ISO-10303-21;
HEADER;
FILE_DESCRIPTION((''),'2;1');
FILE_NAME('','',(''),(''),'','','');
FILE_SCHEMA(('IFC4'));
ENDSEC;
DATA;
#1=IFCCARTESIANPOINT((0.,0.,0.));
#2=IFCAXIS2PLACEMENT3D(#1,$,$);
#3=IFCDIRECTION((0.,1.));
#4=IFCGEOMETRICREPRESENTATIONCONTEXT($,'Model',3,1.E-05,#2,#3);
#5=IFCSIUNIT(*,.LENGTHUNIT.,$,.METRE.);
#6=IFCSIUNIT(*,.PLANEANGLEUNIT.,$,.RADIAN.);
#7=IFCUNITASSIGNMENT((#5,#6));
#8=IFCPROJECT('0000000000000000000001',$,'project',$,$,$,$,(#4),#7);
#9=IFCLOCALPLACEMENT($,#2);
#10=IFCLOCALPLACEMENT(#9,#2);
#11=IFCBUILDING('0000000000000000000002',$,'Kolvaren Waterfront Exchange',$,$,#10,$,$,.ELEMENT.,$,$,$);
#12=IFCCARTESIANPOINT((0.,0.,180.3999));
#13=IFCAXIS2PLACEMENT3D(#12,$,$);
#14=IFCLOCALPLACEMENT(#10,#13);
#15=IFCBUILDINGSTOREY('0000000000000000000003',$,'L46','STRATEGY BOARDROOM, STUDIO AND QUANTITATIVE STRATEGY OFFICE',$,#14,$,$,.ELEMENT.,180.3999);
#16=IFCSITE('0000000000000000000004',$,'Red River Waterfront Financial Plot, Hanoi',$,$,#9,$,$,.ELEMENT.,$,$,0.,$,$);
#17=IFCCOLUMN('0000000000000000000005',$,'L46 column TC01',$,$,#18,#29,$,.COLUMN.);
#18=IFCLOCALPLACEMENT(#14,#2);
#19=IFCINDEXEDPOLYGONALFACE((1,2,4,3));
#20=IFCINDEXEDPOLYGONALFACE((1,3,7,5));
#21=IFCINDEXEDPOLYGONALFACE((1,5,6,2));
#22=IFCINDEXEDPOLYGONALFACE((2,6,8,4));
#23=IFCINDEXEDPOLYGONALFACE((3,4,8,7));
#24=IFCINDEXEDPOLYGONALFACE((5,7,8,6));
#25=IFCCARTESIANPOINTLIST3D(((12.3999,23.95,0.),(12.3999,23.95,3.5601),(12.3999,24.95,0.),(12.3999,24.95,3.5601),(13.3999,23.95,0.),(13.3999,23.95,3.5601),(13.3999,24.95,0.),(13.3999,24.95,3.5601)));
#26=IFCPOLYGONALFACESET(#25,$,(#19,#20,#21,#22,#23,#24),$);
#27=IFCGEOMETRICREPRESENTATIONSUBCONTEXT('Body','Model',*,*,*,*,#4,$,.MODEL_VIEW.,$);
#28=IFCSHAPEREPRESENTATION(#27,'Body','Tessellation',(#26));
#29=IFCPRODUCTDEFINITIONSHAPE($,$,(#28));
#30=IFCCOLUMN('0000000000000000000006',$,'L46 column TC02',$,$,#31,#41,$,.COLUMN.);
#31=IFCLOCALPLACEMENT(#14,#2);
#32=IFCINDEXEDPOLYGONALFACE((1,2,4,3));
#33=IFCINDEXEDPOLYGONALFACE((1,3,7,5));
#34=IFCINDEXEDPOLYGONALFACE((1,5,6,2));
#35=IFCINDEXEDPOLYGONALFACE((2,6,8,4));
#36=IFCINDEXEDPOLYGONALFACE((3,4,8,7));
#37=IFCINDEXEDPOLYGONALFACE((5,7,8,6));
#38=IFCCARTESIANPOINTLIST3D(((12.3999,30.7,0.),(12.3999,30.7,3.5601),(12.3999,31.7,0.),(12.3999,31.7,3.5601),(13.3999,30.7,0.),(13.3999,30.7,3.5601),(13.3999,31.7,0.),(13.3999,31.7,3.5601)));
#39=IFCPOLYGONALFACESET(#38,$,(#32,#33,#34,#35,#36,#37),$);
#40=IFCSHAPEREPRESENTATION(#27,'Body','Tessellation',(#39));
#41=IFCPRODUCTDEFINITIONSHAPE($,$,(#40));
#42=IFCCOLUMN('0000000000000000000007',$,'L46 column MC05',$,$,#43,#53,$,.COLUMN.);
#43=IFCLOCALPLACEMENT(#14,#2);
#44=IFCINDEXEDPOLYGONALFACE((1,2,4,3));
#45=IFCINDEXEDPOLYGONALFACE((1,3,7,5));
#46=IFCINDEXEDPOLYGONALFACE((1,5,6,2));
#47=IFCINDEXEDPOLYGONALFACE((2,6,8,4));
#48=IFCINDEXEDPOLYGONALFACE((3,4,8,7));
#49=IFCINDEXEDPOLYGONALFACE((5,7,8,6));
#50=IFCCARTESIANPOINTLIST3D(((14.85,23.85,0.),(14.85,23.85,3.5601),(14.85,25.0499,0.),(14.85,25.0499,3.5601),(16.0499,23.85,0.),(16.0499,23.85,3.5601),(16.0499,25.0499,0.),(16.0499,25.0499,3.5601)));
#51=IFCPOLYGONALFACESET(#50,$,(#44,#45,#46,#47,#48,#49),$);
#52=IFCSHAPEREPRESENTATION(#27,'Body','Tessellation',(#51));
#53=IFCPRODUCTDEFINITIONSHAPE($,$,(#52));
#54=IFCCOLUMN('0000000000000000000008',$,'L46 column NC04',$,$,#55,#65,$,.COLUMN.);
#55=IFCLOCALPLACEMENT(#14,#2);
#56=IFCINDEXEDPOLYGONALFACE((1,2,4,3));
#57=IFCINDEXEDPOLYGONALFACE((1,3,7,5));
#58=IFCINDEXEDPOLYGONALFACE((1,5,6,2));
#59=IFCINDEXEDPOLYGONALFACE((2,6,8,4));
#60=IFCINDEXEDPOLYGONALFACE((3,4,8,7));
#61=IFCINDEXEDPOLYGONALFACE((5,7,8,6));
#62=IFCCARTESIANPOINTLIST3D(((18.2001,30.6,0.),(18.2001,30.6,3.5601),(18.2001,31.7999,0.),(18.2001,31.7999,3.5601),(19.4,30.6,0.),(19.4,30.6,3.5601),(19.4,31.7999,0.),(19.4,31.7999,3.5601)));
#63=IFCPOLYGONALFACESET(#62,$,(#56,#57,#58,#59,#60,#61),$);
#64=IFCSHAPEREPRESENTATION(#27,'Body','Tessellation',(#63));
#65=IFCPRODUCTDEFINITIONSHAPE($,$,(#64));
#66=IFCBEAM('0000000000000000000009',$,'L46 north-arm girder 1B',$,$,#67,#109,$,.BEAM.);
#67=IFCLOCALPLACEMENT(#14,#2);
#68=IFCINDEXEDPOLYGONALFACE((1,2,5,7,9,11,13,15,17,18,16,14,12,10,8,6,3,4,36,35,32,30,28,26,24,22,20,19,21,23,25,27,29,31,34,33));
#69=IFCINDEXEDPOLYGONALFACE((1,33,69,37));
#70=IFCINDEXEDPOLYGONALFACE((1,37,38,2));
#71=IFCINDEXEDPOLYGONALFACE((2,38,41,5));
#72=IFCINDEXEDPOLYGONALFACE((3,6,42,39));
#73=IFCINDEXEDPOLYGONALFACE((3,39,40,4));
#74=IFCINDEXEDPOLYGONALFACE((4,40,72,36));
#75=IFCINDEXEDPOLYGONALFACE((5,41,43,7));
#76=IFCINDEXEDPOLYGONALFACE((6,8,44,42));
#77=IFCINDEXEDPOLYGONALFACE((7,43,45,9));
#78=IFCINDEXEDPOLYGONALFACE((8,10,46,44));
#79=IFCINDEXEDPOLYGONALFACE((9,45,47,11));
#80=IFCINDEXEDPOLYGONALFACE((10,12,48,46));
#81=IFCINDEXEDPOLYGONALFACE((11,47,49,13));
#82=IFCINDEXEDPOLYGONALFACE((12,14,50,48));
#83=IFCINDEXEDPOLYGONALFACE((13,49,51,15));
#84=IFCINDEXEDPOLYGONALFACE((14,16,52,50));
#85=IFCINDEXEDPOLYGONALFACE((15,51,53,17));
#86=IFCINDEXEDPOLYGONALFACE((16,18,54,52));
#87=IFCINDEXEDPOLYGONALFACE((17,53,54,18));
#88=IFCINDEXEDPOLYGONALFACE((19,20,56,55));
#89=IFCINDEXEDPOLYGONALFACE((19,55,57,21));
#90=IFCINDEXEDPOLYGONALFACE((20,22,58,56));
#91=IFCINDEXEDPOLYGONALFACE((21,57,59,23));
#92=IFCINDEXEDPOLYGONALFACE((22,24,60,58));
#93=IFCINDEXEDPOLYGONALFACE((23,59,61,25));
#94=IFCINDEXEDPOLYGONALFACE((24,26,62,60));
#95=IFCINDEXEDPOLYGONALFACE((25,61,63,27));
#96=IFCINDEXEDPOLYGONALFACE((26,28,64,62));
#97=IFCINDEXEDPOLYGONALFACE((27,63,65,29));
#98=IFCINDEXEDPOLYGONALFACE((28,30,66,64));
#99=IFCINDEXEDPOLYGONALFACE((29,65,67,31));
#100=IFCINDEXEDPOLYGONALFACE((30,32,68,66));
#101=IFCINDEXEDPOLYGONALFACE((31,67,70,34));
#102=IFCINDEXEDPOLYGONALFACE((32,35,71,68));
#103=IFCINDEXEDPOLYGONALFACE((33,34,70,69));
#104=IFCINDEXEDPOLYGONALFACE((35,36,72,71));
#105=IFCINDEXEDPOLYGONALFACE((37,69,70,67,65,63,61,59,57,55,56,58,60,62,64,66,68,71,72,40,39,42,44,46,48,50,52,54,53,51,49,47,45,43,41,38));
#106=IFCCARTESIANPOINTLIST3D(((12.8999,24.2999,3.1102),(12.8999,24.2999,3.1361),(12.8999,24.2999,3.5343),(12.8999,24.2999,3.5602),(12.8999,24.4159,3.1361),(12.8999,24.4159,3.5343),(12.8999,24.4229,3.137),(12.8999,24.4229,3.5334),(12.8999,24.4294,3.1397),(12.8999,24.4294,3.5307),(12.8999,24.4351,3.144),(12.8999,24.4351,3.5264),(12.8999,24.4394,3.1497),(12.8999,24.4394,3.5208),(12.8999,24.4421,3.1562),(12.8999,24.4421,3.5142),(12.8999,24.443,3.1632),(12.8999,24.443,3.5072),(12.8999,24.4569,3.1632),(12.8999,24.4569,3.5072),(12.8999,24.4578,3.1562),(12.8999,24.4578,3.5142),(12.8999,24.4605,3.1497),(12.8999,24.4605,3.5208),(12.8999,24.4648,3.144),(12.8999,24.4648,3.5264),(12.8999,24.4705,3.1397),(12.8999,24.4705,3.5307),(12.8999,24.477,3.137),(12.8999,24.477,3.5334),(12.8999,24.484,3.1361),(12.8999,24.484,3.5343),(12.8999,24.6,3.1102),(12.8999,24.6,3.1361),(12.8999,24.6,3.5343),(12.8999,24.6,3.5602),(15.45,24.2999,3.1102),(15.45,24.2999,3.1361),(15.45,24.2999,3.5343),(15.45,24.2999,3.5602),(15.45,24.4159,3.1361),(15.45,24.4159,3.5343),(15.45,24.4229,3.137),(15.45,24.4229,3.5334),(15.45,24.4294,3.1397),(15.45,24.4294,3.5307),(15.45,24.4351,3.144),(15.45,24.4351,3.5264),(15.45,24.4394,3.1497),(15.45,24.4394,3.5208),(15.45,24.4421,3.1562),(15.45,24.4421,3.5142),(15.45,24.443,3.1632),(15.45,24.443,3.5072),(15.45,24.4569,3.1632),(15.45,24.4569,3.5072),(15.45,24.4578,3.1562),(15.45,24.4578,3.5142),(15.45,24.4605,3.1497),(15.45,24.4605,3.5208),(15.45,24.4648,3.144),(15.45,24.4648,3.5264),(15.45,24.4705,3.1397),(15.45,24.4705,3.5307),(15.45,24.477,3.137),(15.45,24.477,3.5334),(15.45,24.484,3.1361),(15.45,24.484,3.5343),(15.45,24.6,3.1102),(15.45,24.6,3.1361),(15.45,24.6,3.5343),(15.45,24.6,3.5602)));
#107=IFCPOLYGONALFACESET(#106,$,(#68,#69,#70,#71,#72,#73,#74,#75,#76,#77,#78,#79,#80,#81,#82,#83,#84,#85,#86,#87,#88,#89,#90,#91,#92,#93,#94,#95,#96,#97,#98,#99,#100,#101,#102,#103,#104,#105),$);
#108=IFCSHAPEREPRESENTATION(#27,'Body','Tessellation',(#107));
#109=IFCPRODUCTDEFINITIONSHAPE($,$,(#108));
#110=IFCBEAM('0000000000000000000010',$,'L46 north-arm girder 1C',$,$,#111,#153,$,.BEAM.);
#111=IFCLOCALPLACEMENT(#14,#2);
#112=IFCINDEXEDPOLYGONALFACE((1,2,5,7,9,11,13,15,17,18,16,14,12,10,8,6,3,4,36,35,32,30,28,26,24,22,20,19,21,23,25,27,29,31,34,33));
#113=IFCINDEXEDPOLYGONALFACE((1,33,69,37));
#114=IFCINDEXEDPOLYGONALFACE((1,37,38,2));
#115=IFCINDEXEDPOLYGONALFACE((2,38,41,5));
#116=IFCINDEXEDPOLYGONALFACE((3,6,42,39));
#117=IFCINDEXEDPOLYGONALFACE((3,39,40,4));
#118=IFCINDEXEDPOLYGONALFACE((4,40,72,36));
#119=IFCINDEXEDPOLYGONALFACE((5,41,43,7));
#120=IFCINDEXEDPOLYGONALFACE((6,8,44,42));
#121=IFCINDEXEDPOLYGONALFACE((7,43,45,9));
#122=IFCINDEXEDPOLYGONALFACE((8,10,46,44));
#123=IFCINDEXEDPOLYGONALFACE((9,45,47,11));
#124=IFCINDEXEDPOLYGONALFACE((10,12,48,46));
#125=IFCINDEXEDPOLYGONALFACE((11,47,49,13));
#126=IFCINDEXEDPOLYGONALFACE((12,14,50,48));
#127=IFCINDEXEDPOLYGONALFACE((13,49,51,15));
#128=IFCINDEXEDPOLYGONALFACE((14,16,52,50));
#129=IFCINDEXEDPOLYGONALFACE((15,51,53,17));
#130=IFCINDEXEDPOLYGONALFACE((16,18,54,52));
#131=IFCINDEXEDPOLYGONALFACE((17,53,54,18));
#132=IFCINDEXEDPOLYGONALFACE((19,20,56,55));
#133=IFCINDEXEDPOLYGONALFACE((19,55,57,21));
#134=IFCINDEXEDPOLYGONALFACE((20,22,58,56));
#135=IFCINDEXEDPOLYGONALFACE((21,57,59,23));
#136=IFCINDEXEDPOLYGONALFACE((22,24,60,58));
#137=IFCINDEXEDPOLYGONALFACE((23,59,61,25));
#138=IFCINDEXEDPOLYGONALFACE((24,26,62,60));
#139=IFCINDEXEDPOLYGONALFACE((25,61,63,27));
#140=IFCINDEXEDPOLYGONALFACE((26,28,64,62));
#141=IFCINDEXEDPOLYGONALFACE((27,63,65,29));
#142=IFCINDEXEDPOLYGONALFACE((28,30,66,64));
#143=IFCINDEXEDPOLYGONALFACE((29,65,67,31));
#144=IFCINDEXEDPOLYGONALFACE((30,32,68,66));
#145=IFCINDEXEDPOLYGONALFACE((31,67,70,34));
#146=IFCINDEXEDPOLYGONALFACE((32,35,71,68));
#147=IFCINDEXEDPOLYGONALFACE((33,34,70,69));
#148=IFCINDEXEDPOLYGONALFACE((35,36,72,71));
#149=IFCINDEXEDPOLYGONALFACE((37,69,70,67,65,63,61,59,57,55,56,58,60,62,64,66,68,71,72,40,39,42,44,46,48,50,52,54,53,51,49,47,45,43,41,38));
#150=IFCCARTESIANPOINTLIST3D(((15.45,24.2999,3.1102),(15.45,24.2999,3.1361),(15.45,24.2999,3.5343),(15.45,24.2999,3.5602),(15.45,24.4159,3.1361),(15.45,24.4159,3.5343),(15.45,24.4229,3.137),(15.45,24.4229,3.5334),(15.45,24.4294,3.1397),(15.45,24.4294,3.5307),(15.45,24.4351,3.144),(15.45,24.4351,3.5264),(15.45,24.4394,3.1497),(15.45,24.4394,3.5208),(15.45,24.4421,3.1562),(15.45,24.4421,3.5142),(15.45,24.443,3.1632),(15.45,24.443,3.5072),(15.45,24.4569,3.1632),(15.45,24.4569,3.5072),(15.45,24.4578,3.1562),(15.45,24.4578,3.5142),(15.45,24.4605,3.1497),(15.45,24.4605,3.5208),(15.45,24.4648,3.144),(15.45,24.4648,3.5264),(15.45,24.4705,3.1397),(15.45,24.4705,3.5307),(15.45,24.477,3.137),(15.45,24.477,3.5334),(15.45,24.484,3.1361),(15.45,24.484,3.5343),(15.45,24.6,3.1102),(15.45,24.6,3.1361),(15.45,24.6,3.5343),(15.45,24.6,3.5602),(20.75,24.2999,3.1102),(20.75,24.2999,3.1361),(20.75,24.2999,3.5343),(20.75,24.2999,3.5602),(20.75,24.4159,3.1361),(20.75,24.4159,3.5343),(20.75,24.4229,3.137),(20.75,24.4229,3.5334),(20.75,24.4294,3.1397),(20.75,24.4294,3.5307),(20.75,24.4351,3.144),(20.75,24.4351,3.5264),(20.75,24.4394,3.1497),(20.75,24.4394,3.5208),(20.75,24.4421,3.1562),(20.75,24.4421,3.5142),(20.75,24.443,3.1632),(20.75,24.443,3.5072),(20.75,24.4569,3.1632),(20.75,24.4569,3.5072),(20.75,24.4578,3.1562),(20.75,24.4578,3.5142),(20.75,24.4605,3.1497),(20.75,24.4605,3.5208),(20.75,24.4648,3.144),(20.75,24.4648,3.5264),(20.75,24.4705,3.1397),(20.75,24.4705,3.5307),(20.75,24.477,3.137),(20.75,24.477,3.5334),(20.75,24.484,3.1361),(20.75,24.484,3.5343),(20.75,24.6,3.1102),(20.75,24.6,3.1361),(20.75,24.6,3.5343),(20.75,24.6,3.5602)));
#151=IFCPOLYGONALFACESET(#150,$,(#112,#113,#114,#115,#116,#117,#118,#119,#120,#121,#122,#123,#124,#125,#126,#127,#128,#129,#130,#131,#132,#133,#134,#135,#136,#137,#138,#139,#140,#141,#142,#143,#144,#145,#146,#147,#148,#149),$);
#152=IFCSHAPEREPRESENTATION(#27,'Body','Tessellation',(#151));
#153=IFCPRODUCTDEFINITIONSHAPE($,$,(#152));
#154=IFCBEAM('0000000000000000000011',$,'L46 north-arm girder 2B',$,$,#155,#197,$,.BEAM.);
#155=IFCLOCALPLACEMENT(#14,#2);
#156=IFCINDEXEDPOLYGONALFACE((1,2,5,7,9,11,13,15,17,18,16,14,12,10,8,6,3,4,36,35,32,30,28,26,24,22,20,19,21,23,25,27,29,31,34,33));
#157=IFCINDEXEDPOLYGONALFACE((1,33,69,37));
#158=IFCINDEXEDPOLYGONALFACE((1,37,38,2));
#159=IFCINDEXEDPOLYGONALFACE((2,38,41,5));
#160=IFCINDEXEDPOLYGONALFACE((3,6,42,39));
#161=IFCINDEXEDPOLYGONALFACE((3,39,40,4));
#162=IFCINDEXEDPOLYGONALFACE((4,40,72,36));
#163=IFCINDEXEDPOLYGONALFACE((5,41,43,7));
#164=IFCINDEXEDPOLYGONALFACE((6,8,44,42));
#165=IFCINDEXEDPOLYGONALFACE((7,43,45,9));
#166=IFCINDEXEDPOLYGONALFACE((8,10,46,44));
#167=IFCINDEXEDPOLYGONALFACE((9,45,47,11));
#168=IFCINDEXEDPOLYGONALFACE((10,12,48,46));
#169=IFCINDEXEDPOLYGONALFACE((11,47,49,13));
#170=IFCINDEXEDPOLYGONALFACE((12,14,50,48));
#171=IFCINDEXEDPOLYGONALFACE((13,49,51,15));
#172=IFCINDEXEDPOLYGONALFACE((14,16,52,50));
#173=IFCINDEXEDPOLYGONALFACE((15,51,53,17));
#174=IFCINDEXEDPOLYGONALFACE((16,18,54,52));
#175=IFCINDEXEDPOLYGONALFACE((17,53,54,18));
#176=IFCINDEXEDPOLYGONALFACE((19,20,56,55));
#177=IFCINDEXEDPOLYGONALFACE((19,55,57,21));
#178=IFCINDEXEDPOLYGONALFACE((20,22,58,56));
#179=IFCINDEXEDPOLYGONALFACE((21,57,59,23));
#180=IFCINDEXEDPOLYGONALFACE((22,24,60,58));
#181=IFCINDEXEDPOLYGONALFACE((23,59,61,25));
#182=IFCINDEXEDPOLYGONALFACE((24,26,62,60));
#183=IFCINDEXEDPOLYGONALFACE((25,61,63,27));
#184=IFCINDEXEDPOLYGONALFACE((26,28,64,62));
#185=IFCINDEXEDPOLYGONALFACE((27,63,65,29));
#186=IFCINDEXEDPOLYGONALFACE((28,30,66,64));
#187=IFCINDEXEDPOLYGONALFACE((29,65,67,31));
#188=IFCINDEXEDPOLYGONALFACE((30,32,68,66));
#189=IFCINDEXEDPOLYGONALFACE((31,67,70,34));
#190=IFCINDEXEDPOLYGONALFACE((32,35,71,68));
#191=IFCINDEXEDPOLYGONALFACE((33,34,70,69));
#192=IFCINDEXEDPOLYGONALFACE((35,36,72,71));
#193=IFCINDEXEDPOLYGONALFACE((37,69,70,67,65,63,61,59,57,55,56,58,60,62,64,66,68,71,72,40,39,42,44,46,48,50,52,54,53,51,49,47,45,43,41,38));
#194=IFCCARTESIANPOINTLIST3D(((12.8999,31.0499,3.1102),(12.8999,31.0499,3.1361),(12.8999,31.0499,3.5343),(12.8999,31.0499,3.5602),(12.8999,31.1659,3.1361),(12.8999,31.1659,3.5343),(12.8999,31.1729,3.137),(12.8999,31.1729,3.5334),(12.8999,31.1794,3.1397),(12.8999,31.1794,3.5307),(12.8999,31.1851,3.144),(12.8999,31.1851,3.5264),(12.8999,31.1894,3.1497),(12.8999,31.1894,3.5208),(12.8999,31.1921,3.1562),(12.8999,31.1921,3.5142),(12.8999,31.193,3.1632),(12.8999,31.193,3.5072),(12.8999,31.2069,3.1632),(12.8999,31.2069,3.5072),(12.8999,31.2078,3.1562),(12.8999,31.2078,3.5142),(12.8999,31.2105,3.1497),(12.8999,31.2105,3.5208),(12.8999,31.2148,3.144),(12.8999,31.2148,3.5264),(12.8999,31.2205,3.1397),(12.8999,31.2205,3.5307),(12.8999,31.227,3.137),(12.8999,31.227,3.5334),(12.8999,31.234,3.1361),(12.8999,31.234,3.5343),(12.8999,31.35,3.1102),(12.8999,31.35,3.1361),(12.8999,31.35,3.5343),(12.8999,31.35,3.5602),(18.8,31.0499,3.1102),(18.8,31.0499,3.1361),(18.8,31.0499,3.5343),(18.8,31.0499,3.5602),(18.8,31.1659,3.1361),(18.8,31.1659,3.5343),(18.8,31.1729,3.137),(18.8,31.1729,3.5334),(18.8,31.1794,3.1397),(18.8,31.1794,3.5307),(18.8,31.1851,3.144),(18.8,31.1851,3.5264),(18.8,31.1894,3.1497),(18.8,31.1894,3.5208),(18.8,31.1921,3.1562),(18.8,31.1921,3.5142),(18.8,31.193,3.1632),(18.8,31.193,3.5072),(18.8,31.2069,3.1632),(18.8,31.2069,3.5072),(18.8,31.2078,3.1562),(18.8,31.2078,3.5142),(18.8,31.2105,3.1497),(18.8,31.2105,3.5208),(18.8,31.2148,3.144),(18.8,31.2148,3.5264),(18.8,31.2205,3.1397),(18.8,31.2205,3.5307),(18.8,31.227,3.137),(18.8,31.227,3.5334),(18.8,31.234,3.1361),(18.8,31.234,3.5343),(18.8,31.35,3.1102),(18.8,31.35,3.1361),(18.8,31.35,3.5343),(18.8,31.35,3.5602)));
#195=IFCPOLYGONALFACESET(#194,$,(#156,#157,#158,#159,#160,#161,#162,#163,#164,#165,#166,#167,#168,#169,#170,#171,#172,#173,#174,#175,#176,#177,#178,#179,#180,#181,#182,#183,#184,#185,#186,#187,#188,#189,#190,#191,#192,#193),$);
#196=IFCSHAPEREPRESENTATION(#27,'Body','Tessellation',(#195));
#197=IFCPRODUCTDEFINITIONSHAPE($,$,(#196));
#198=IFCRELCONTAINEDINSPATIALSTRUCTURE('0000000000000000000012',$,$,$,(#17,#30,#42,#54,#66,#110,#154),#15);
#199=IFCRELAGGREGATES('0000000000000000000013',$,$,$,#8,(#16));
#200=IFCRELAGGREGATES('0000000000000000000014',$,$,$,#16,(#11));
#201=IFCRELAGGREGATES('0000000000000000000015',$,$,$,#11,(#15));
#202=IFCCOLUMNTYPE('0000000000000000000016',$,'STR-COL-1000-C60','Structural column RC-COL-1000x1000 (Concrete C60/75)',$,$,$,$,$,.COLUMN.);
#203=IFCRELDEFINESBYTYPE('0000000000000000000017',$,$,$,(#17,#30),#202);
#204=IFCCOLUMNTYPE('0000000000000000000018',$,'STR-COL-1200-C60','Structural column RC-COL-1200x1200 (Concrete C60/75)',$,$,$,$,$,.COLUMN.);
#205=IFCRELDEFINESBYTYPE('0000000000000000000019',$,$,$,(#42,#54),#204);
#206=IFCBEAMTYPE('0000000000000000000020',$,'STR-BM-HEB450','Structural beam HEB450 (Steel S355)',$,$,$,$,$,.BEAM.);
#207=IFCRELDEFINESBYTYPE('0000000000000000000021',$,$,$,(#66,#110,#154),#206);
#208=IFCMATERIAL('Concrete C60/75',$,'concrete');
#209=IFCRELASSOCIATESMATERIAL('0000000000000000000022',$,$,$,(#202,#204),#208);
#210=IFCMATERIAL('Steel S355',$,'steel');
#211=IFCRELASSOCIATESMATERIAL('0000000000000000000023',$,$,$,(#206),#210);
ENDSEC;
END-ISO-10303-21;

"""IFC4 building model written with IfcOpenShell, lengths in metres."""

from ifc_helpers import new_model, si_unit, direction, frame, origin, origin_2d, place, context, subcontext, project, spatial, rectangle, i_section, extrude, material, material_profile, profile_set, type_object, element, save


model = new_model("IFC4")

# Units and contexts
model_context = context("Model", 3, precision=1e-05, world=origin(), true_north=direction((0.0, 1.0)))
body_context = subcontext(model_context, "Body", "Model", "MODEL_VIEW")
ifc_project = project(units=[si_unit("LENGTHUNIT", "METRE"), si_unit("PLANEANGLEUNIT", "RADIAN")], contexts=[model_context])

# Site, building, storey
site_placement = place(None, origin())
site = spatial("IfcSite", under=ifc_project, at=site_placement, Name="Red River Waterfront Financial Plot, Hanoi", CompositionType="ELEMENT", RefElevation=0.0)
building_placement = place(site_placement, origin())
building = spatial("IfcBuilding", under=site, at=building_placement, Name="Kolvaren Waterfront Exchange", CompositionType="ELEMENT")
storey_placement = place(building_placement, frame((0.0, 0.0, 180.3999)))
storey = spatial("IfcBuildingStorey", under=building, at=storey_placement, Name="L46", Description="STRATEGY BOARDROOM, STUDIO AND QUANTITATIVE STRATEGY OFFICE", CompositionType="ELEMENT", Elevation=180.3999)

# Columns
ifc_material_1 = material(Name="Concrete C60/75", Category="concrete")
ifc_material_profile_1 = material_profile(ifc_material_1, rectangle(XDim=1.0, YDim=1.0, at=origin_2d()), Name="RC-COL-1000x1000")
ifc_profile_set_1 = profile_set([ifc_material_profile_1], Name="Concrete C60/75")
column_type_1 = type_object("IfcColumnType", Name="STR-COL-1000-C60", Description="Structural column RC-COL-1000x1000 (Concrete C60/75)", PredefinedType="COLUMN", material=ifc_profile_set_1)
for number, where, z_axis, x_axis, name in (
    (1, (12.8999, 24.45, 0.0), (0.0, 0.0, 1.0), (1.0, 0.0, 0.0), "L46 column TC01"),
    (2, (12.8999, 31.2, 0.0), (0.0, 0.0, 1.0), (1.0, 0.0, 0.0), "L46 column TC02"),
):
    element("IfcColumn", number, at=place(storey_placement, frame(where, z_axis=z_axis, x_axis=x_axis)), inside=storey, type_object=column_type_1, Name=name, PredefinedType="COLUMN", context=body_context, shape_type="SweptSolid", body=[
        extrude(rectangle(XDim=1.0, YDim=1.0, at=origin_2d()), origin(), (0.0, 0.0, 1.0), 3.5601),
    ])
ifc_material_profile_2 = material_profile(ifc_material_1, rectangle(XDim=1.2, YDim=1.2, at=origin_2d()), Name="RC-COL-1200x1200")
ifc_profile_set_2 = profile_set([ifc_material_profile_2], Name="Concrete C60/75")
column_type_2 = type_object("IfcColumnType", Name="STR-COL-1200-C60", Description="Structural column RC-COL-1200x1200 (Concrete C60/75)", PredefinedType="COLUMN", material=ifc_profile_set_2)
for number, where, z_axis, x_axis, name in (
    (3, (15.45, 24.45, 0.0), (0.0, 0.0, 1.0), (1.0, 0.0, 0.0), "L46 column MC05"),
    (4, (18.8, 31.2, 0.0), (0.0, 0.0, 1.0), (1.0, 0.0, 0.0), "L46 column NC04"),
):
    element("IfcColumn", number, at=place(storey_placement, frame(where, z_axis=z_axis, x_axis=x_axis)), inside=storey, type_object=column_type_2, Name=name, PredefinedType="COLUMN", context=body_context, shape_type="SweptSolid", body=[
        extrude(rectangle(XDim=1.2, YDim=1.2, at=origin_2d()), origin(), (0.0, 0.0, 1.0), 3.5601),
    ])

# Beams
ifc_material_2 = material(Name="Steel S355", Category="steel")
ifc_material_profile_3 = material_profile(ifc_material_2, i_section(OverallWidth=0.3, OverallDepth=0.45, WebThickness=0.0139, FlangeThickness=0.0259, FilletRadius=0.0271, at=origin_2d()), Name="HEB450")
ifc_profile_set_3 = profile_set([ifc_material_profile_3], Name="Steel S355")
beam_type_1 = type_object("IfcBeamType", Name="STR-BM-HEB450", Description="Structural beam HEB450 (Steel S355)", PredefinedType="BEAM", material=ifc_profile_set_3)
beam_1_placement = place(storey_placement, frame((12.8999, 24.45, 3.3352), z_axis=(1.0, 0.0, 0.0), x_axis=(0.0, 1.0, 0.0)))
element("IfcBeam", 5, at=beam_1_placement, inside=storey, type_object=beam_type_1, Name="L46 north-arm girder 1B", PredefinedType="BEAM", context=body_context, shape_type="SweptSolid", body=[
    extrude(i_section(OverallWidth=0.3, OverallDepth=0.45, WebThickness=0.0139, FlangeThickness=0.0259, FilletRadius=0.0271, at=origin_2d()), origin(), (0.0, 0.0, 1.0), 2.55),
])
beam_2_placement = place(storey_placement, frame((15.45, 24.45, 3.3352), z_axis=(1.0, 0.0, 0.0), x_axis=(0.0, 1.0, 0.0)))
element("IfcBeam", 6, at=beam_2_placement, inside=storey, type_object=beam_type_1, Name="L46 north-arm girder 1C", PredefinedType="BEAM", context=body_context, shape_type="SweptSolid", body=[
    extrude(i_section(OverallWidth=0.3, OverallDepth=0.45, WebThickness=0.0139, FlangeThickness=0.0259, FilletRadius=0.0271, at=origin_2d()), origin(), (0.0, 0.0, 1.0), 5.3),
])
beam_3_placement = place(storey_placement, frame((12.8999, 31.2, 3.3352), z_axis=(1.0, 0.0, 0.0), x_axis=(0.0, 1.0, 0.0)))
element("IfcBeam", 7, at=beam_3_placement, inside=storey, type_object=beam_type_1, Name="L46 north-arm girder 2B", PredefinedType="BEAM", context=body_context, shape_type="SweptSolid", body=[
    extrude(i_section(OverallWidth=0.3, OverallDepth=0.45, WebThickness=0.0139, FlangeThickness=0.0259, FilletRadius=0.0271, at=origin_2d()), origin(), (0.0, 0.0, 1.0), 5.9001),
])

save(model, "model.ifc")
